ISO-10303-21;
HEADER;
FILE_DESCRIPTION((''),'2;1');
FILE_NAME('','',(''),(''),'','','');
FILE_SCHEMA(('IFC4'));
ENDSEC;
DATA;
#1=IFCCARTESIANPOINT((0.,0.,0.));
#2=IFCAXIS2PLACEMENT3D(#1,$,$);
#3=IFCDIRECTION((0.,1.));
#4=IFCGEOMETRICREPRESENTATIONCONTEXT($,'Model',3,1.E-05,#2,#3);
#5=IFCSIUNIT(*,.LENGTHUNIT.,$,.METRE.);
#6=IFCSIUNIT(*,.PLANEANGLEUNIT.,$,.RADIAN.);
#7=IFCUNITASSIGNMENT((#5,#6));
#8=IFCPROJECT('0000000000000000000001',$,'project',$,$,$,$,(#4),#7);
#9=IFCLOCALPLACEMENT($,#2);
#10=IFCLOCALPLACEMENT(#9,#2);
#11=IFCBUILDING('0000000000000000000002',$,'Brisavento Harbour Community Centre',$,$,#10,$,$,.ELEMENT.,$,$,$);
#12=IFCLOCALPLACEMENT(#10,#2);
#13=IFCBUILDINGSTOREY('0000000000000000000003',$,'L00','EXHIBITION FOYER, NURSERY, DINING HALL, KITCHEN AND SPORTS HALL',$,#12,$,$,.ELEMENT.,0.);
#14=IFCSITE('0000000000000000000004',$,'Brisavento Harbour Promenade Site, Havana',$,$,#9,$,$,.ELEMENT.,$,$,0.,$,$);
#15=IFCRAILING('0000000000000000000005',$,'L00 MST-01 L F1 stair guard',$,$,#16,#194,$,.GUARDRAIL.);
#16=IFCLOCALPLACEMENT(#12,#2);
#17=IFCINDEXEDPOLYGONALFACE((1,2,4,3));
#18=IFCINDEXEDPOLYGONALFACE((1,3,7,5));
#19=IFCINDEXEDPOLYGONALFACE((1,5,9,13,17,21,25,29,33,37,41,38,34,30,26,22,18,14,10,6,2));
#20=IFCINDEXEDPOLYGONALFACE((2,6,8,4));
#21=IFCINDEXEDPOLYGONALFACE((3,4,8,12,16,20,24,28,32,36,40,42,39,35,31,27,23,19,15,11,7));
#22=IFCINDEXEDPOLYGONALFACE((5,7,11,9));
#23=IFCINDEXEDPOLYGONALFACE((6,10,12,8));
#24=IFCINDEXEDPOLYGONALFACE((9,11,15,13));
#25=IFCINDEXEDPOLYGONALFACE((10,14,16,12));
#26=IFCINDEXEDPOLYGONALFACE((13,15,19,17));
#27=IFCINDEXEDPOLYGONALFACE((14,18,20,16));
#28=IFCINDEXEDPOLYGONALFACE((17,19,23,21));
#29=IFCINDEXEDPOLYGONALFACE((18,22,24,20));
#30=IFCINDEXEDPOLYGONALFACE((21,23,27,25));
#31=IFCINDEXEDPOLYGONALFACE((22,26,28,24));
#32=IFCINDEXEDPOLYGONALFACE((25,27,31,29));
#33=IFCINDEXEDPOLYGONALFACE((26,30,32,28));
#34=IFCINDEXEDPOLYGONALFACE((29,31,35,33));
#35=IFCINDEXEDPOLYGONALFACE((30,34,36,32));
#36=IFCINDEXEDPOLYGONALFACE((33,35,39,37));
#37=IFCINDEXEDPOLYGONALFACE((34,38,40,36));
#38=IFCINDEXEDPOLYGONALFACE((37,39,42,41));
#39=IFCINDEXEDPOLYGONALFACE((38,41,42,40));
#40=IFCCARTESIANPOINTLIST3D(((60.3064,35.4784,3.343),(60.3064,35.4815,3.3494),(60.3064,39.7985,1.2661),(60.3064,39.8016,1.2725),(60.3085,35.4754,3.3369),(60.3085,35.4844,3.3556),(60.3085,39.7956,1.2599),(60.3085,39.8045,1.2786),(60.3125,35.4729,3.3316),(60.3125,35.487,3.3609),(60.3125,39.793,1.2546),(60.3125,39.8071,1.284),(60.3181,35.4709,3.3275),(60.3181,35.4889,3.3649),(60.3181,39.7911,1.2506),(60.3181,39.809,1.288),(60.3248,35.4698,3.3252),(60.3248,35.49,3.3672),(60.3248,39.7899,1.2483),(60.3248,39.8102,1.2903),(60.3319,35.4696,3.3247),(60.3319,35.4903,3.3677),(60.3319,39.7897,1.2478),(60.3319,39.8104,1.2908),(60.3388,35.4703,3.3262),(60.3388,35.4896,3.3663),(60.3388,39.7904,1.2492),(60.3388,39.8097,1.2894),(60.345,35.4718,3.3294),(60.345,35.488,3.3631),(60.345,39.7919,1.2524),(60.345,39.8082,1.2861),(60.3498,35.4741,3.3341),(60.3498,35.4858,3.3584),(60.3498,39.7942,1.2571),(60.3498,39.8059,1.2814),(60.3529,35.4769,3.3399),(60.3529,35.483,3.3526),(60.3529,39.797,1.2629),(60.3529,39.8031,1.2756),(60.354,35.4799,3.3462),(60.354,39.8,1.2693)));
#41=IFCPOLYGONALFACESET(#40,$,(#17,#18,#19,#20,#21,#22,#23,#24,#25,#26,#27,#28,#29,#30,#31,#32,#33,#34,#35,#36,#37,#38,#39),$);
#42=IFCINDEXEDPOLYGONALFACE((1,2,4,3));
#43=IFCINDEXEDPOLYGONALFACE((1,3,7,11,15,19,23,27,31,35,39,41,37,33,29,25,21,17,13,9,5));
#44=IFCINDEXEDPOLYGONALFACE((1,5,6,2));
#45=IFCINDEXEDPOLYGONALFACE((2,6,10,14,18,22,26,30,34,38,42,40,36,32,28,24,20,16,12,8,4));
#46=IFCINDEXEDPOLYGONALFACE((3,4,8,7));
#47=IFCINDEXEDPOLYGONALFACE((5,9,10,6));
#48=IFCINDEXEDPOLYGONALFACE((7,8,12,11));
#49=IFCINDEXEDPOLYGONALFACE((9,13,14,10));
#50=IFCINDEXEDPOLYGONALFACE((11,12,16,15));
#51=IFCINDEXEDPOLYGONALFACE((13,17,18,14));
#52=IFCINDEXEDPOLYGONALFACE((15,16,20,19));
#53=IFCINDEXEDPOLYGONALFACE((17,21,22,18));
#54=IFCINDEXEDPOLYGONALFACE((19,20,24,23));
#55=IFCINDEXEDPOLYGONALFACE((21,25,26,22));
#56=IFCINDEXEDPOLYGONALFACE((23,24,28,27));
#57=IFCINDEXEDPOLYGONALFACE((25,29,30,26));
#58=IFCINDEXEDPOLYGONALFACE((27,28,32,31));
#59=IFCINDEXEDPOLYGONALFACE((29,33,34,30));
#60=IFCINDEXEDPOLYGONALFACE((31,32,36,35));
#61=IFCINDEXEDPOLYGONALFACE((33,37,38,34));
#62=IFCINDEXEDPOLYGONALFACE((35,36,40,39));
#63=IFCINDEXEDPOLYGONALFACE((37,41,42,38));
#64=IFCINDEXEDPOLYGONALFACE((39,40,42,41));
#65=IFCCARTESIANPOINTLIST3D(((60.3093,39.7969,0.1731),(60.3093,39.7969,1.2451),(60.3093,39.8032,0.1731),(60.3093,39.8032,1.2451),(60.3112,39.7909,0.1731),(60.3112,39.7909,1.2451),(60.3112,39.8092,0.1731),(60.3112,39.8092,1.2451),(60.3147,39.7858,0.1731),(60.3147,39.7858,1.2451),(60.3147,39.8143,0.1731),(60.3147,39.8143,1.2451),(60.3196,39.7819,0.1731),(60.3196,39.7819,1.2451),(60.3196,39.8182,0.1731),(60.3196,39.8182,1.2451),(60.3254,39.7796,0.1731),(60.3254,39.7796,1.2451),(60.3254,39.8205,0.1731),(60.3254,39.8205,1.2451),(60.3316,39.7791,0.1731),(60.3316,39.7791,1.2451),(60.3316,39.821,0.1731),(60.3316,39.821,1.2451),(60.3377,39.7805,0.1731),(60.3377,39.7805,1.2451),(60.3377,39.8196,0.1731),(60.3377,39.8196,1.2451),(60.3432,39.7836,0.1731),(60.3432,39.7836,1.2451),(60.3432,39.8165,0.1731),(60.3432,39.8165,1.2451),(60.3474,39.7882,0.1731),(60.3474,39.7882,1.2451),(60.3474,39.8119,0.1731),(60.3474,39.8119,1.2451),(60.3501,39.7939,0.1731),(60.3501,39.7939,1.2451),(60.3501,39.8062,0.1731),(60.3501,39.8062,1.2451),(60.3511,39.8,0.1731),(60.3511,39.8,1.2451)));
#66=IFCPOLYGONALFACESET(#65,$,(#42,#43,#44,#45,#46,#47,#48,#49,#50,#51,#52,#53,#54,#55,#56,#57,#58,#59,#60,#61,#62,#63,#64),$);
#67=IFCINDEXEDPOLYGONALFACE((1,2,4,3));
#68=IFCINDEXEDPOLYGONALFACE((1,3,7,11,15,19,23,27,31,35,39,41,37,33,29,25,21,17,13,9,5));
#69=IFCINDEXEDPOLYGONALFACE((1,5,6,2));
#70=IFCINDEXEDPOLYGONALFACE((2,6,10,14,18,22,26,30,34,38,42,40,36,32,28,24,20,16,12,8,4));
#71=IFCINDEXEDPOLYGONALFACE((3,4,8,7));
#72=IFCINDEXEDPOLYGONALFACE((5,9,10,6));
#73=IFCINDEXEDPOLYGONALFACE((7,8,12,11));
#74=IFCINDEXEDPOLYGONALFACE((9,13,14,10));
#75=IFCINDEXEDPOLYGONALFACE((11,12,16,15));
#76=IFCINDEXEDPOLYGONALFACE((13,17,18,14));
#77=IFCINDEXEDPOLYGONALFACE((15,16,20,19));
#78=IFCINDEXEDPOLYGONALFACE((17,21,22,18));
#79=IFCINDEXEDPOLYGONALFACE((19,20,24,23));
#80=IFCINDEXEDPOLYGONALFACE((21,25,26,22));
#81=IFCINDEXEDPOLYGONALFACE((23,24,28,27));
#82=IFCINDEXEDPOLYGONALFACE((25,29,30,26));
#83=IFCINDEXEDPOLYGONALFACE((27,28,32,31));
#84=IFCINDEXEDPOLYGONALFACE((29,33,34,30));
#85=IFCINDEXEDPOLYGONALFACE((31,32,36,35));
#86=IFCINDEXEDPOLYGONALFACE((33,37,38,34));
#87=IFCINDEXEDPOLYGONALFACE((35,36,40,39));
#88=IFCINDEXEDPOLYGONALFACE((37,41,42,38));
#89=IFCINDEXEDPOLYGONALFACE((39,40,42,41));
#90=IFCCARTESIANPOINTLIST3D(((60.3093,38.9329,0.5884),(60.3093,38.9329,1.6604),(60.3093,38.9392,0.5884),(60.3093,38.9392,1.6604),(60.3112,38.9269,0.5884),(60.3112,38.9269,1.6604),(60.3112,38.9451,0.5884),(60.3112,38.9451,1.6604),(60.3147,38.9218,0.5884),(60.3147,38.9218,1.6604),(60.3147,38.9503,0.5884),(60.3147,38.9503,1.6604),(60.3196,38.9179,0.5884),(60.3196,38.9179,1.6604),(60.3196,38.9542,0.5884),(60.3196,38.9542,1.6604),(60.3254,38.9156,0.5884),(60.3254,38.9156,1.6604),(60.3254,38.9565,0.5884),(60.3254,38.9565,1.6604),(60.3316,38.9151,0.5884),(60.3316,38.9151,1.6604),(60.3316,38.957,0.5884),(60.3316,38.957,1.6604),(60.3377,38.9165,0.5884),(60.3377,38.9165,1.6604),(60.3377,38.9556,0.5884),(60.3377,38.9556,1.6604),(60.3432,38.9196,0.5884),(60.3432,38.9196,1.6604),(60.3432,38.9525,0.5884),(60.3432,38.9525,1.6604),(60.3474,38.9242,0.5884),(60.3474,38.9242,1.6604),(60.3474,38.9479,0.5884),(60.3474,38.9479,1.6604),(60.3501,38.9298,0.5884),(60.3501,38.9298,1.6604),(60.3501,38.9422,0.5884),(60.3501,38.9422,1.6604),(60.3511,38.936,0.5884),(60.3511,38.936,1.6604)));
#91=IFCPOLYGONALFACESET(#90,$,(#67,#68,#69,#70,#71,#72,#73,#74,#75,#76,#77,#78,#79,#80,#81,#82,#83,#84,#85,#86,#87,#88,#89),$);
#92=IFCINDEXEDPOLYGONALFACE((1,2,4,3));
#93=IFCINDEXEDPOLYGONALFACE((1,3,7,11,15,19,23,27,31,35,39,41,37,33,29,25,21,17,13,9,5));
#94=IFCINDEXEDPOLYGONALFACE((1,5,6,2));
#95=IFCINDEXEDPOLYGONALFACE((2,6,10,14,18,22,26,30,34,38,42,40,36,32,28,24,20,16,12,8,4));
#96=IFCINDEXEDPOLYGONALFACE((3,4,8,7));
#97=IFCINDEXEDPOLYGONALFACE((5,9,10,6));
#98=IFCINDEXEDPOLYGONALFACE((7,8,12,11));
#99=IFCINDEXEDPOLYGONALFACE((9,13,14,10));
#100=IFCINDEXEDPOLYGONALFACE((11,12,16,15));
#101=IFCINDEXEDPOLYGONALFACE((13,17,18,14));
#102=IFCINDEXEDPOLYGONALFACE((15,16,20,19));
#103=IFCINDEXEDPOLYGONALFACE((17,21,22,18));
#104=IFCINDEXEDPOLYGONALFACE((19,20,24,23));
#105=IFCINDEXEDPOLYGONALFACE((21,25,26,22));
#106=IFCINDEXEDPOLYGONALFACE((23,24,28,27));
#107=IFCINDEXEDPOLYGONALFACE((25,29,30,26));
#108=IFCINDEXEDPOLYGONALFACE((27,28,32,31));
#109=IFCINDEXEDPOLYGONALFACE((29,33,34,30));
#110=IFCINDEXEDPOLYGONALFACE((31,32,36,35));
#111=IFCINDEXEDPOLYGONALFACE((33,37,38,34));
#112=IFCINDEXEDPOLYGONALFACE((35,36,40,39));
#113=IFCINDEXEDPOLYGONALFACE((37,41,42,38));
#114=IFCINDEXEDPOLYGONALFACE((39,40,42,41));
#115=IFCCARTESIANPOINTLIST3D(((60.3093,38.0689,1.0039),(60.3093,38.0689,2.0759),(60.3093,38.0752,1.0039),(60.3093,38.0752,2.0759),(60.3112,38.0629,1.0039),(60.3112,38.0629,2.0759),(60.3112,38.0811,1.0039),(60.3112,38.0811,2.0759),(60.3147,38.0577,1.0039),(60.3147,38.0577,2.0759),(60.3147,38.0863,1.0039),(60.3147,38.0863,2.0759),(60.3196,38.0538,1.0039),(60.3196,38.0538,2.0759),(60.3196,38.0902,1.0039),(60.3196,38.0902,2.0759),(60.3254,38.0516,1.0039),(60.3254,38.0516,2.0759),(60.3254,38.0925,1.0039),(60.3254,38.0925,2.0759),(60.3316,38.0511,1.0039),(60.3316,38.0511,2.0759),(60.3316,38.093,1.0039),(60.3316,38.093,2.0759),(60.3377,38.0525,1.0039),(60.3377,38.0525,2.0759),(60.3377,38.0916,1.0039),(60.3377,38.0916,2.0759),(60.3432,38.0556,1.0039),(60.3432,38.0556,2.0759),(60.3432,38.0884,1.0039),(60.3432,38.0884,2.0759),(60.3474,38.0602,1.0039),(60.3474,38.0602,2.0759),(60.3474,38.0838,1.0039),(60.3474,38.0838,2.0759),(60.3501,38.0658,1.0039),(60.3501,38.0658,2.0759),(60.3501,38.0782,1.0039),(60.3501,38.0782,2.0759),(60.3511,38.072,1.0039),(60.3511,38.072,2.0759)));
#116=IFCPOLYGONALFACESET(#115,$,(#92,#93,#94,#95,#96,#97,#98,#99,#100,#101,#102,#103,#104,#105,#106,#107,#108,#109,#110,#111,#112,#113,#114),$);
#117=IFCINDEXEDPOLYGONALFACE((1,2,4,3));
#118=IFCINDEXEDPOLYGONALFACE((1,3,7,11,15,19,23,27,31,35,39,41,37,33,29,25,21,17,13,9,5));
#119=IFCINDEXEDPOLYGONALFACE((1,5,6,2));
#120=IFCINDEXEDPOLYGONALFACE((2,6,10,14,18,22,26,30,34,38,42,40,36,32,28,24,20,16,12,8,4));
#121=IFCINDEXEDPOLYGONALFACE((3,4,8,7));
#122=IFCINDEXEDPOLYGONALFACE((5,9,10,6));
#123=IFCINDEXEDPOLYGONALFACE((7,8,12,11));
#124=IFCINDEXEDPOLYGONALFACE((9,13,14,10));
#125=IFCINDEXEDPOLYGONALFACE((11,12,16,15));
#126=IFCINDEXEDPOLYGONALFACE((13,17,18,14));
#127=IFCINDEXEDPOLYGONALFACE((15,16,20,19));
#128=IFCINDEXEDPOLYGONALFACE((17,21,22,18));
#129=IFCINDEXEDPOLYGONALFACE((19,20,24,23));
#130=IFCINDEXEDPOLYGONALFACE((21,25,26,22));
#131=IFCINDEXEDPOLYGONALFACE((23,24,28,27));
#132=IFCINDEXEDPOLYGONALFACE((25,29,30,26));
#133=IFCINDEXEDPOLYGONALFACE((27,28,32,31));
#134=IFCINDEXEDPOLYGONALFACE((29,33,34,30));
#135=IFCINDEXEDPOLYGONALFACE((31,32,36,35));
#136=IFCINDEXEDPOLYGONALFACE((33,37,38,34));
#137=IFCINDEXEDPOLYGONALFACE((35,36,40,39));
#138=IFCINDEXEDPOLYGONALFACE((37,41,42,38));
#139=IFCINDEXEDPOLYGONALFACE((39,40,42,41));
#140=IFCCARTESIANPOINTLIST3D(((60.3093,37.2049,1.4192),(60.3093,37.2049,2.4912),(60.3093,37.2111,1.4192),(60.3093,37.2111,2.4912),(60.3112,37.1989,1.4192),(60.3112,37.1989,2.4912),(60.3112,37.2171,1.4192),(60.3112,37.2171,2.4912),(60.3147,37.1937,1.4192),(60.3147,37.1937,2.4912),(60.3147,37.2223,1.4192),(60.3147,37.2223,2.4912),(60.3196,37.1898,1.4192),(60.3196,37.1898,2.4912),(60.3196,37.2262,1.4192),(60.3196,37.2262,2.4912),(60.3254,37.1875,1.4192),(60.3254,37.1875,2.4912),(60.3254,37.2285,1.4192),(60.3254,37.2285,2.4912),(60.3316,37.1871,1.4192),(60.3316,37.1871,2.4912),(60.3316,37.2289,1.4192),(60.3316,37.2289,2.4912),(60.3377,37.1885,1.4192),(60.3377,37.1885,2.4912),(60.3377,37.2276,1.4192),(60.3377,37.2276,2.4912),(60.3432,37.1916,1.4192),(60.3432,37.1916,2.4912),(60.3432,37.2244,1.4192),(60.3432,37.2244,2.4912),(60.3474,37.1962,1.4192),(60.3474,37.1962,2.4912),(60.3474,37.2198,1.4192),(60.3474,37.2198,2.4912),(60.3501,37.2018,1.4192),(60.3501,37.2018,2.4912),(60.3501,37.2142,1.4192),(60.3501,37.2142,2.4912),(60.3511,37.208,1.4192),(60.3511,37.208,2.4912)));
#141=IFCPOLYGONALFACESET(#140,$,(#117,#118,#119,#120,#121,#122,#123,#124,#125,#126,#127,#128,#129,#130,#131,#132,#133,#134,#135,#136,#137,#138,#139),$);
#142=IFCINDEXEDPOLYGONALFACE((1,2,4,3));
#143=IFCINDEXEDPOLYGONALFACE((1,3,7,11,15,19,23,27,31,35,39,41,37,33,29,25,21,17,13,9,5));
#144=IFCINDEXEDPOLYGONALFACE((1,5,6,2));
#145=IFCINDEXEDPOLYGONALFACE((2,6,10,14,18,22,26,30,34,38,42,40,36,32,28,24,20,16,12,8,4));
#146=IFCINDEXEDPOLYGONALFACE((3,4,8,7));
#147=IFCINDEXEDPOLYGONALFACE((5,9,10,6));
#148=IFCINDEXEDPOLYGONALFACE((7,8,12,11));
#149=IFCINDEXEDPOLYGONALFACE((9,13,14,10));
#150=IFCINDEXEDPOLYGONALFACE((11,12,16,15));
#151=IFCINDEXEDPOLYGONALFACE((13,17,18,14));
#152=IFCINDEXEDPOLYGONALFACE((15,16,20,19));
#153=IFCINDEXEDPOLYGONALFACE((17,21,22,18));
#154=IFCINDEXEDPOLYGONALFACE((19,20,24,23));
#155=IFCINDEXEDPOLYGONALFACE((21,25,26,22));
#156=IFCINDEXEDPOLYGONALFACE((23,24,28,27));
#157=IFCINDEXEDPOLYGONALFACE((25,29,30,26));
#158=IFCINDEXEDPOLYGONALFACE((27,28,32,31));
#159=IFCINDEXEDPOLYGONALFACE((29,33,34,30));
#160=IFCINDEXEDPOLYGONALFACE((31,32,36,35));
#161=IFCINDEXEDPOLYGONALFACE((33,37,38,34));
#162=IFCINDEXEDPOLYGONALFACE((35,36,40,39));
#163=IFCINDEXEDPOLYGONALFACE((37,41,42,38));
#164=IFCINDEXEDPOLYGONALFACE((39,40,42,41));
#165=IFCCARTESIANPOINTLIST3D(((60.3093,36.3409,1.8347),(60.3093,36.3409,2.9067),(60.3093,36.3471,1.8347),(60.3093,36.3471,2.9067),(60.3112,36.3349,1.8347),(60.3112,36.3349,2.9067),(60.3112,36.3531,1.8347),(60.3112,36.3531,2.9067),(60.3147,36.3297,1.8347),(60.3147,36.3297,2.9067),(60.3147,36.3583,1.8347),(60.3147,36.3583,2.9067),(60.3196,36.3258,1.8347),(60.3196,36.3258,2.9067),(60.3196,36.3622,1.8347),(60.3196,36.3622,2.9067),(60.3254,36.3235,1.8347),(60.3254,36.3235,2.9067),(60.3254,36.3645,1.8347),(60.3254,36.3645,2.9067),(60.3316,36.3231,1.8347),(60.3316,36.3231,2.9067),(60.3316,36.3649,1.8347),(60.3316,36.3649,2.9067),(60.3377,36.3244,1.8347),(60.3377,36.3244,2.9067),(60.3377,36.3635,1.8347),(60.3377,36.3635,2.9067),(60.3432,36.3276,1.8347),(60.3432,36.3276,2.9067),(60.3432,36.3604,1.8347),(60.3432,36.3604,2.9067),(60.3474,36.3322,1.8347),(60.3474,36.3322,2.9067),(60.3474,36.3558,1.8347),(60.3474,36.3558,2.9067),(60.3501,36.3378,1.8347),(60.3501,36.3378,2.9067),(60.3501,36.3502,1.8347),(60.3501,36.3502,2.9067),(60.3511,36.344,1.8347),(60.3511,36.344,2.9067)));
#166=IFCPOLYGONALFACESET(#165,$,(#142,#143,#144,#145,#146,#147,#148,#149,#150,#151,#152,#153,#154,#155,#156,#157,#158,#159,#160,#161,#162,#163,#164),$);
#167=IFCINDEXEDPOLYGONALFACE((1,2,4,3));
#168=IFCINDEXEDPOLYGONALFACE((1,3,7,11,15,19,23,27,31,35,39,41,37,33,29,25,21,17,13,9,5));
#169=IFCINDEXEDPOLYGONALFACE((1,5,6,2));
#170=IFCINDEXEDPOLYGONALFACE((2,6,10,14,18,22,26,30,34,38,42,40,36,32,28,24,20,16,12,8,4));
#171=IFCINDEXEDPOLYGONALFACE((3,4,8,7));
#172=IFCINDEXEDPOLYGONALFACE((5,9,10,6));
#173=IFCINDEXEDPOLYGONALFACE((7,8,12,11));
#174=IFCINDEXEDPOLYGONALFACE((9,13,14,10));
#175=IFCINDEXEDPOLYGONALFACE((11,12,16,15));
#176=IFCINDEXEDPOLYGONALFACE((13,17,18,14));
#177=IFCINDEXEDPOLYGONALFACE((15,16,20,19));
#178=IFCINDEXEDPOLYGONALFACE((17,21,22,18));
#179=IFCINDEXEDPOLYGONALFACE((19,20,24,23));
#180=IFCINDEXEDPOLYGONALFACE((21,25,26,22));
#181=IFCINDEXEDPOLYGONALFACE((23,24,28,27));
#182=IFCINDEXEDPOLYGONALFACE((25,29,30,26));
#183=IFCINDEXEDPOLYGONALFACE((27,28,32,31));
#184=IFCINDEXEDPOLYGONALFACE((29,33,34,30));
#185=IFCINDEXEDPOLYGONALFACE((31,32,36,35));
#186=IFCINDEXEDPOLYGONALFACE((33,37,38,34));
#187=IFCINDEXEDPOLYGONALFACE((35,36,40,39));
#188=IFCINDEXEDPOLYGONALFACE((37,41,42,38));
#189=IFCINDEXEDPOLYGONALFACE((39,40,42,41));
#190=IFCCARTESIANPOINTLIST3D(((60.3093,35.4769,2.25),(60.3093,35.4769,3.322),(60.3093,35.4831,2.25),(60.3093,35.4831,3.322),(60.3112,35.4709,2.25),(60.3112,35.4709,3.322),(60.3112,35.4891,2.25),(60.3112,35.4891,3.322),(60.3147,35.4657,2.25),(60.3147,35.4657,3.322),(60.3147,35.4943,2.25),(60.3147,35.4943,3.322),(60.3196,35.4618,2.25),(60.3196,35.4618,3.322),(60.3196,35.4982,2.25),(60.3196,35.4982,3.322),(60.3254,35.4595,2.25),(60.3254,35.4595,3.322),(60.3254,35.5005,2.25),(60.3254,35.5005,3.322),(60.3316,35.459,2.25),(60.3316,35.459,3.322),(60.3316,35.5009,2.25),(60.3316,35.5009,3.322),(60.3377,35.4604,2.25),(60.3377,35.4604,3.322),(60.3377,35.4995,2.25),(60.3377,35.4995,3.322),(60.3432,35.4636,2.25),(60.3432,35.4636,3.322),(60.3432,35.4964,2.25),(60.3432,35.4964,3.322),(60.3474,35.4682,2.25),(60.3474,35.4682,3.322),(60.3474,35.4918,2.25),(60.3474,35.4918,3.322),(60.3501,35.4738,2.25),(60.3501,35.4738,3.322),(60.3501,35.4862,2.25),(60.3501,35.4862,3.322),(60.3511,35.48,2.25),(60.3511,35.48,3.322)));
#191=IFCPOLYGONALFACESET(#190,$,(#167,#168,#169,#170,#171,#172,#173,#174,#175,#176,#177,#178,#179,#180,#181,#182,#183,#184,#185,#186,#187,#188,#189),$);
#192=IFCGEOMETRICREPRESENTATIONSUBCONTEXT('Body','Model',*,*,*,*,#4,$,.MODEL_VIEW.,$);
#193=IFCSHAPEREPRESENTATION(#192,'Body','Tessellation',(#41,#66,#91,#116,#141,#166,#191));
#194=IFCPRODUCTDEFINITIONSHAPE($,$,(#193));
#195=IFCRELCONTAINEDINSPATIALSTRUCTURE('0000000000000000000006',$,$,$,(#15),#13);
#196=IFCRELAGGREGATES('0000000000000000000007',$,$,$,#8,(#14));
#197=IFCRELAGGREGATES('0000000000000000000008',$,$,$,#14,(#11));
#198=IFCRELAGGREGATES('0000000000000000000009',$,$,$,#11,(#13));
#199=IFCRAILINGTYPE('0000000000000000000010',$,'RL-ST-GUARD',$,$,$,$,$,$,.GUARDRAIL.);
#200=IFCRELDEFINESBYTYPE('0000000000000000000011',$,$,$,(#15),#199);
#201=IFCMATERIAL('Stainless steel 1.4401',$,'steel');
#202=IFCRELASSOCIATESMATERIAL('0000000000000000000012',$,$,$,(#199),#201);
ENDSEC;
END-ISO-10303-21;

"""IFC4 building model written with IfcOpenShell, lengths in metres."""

from ifc_helpers import new_model, si_unit, direction, frame, origin, origin_2d, place, context, subcontext, project, spatial, circle, extrude, material, type_object, element, save


model = new_model("IFC4")

# Units and contexts
model_context = context("Model", 3, precision=1e-05, world=origin(), true_north=direction((0.0, 1.0)))
body_context = subcontext(model_context, "Body", "Model", "MODEL_VIEW")
ifc_project = project(units=[si_unit("LENGTHUNIT", "METRE"), si_unit("PLANEANGLEUNIT", "RADIAN")], contexts=[model_context])

# Site, building, storey
site_placement = place(None, origin())
site = spatial("IfcSite", under=ifc_project, at=site_placement, Name="Brisavento Harbour Promenade Site, Havana", CompositionType="ELEMENT", RefElevation=0.0)
building_placement = place(site_placement, origin())
building = spatial("IfcBuilding", under=site, at=building_placement, Name="Brisavento Harbour Community Centre", CompositionType="ELEMENT")
storey_placement = place(building_placement, origin())
storey = spatial("IfcBuildingStorey", under=building, at=storey_placement, Name="L00", Description="EXHIBITION FOYER, NURSERY, DINING HALL, KITCHEN AND SPORTS HALL", CompositionType="ELEMENT", Elevation=0.0)

# Railing
ifc_material_1 = material(Name="Stainless steel 1.4401", Category="steel")
railing_type = type_object("IfcRailingType", Name="RL-ST-GUARD", PredefinedType="GUARDRAIL", material=ifc_material_1)
railing_1_placement = place(storey_placement, frame((60.3301, 39.8, 0.1731)))
element("IfcRailing", 1, at=railing_1_placement, inside=storey, type_object=railing_type, Name="L00 MST-01 L F1 stair guard", PredefinedType="GUARDRAIL", context=body_context, shape_type="SweptSolid", body=[
    extrude(circle(Radius=0.0239, at=origin_2d()), frame((0.0, 0.0, 1.0962), z_axis=(0.0, -0.901257, 0.433286), x_axis=(1.0, 0.0, 0.0)), (0.0, 0.0, 1.0), 4.7935),
    extrude(circle(Radius=0.021, at=origin_2d()), origin(), (0.0, 0.0, 1.0), 1.072),
    extrude(circle(Radius=0.021, at=origin_2d()), frame((0.0, -0.864, 0.4153)), (0.0, 0.0, 1.0), 1.072),
    extrude(circle(Radius=0.021, at=origin_2d()), frame((0.0, -1.728, 0.8308)), (0.0, 0.0, 1.0), 1.072),
    extrude(circle(Radius=0.021, at=origin_2d()), frame((0.0, -2.592, 1.2461)), (0.0, 0.0, 1.0), 1.072),
    extrude(circle(Radius=0.021, at=origin_2d()), frame((0.0, -3.4561, 1.6616)), (0.0, 0.0, 1.0), 1.072),
    extrude(circle(Radius=0.021, at=origin_2d()), frame((0.0, -4.3201, 2.0769)), (0.0, 0.0, 1.0), 1.072),
])

save(model, "model.ifc")
